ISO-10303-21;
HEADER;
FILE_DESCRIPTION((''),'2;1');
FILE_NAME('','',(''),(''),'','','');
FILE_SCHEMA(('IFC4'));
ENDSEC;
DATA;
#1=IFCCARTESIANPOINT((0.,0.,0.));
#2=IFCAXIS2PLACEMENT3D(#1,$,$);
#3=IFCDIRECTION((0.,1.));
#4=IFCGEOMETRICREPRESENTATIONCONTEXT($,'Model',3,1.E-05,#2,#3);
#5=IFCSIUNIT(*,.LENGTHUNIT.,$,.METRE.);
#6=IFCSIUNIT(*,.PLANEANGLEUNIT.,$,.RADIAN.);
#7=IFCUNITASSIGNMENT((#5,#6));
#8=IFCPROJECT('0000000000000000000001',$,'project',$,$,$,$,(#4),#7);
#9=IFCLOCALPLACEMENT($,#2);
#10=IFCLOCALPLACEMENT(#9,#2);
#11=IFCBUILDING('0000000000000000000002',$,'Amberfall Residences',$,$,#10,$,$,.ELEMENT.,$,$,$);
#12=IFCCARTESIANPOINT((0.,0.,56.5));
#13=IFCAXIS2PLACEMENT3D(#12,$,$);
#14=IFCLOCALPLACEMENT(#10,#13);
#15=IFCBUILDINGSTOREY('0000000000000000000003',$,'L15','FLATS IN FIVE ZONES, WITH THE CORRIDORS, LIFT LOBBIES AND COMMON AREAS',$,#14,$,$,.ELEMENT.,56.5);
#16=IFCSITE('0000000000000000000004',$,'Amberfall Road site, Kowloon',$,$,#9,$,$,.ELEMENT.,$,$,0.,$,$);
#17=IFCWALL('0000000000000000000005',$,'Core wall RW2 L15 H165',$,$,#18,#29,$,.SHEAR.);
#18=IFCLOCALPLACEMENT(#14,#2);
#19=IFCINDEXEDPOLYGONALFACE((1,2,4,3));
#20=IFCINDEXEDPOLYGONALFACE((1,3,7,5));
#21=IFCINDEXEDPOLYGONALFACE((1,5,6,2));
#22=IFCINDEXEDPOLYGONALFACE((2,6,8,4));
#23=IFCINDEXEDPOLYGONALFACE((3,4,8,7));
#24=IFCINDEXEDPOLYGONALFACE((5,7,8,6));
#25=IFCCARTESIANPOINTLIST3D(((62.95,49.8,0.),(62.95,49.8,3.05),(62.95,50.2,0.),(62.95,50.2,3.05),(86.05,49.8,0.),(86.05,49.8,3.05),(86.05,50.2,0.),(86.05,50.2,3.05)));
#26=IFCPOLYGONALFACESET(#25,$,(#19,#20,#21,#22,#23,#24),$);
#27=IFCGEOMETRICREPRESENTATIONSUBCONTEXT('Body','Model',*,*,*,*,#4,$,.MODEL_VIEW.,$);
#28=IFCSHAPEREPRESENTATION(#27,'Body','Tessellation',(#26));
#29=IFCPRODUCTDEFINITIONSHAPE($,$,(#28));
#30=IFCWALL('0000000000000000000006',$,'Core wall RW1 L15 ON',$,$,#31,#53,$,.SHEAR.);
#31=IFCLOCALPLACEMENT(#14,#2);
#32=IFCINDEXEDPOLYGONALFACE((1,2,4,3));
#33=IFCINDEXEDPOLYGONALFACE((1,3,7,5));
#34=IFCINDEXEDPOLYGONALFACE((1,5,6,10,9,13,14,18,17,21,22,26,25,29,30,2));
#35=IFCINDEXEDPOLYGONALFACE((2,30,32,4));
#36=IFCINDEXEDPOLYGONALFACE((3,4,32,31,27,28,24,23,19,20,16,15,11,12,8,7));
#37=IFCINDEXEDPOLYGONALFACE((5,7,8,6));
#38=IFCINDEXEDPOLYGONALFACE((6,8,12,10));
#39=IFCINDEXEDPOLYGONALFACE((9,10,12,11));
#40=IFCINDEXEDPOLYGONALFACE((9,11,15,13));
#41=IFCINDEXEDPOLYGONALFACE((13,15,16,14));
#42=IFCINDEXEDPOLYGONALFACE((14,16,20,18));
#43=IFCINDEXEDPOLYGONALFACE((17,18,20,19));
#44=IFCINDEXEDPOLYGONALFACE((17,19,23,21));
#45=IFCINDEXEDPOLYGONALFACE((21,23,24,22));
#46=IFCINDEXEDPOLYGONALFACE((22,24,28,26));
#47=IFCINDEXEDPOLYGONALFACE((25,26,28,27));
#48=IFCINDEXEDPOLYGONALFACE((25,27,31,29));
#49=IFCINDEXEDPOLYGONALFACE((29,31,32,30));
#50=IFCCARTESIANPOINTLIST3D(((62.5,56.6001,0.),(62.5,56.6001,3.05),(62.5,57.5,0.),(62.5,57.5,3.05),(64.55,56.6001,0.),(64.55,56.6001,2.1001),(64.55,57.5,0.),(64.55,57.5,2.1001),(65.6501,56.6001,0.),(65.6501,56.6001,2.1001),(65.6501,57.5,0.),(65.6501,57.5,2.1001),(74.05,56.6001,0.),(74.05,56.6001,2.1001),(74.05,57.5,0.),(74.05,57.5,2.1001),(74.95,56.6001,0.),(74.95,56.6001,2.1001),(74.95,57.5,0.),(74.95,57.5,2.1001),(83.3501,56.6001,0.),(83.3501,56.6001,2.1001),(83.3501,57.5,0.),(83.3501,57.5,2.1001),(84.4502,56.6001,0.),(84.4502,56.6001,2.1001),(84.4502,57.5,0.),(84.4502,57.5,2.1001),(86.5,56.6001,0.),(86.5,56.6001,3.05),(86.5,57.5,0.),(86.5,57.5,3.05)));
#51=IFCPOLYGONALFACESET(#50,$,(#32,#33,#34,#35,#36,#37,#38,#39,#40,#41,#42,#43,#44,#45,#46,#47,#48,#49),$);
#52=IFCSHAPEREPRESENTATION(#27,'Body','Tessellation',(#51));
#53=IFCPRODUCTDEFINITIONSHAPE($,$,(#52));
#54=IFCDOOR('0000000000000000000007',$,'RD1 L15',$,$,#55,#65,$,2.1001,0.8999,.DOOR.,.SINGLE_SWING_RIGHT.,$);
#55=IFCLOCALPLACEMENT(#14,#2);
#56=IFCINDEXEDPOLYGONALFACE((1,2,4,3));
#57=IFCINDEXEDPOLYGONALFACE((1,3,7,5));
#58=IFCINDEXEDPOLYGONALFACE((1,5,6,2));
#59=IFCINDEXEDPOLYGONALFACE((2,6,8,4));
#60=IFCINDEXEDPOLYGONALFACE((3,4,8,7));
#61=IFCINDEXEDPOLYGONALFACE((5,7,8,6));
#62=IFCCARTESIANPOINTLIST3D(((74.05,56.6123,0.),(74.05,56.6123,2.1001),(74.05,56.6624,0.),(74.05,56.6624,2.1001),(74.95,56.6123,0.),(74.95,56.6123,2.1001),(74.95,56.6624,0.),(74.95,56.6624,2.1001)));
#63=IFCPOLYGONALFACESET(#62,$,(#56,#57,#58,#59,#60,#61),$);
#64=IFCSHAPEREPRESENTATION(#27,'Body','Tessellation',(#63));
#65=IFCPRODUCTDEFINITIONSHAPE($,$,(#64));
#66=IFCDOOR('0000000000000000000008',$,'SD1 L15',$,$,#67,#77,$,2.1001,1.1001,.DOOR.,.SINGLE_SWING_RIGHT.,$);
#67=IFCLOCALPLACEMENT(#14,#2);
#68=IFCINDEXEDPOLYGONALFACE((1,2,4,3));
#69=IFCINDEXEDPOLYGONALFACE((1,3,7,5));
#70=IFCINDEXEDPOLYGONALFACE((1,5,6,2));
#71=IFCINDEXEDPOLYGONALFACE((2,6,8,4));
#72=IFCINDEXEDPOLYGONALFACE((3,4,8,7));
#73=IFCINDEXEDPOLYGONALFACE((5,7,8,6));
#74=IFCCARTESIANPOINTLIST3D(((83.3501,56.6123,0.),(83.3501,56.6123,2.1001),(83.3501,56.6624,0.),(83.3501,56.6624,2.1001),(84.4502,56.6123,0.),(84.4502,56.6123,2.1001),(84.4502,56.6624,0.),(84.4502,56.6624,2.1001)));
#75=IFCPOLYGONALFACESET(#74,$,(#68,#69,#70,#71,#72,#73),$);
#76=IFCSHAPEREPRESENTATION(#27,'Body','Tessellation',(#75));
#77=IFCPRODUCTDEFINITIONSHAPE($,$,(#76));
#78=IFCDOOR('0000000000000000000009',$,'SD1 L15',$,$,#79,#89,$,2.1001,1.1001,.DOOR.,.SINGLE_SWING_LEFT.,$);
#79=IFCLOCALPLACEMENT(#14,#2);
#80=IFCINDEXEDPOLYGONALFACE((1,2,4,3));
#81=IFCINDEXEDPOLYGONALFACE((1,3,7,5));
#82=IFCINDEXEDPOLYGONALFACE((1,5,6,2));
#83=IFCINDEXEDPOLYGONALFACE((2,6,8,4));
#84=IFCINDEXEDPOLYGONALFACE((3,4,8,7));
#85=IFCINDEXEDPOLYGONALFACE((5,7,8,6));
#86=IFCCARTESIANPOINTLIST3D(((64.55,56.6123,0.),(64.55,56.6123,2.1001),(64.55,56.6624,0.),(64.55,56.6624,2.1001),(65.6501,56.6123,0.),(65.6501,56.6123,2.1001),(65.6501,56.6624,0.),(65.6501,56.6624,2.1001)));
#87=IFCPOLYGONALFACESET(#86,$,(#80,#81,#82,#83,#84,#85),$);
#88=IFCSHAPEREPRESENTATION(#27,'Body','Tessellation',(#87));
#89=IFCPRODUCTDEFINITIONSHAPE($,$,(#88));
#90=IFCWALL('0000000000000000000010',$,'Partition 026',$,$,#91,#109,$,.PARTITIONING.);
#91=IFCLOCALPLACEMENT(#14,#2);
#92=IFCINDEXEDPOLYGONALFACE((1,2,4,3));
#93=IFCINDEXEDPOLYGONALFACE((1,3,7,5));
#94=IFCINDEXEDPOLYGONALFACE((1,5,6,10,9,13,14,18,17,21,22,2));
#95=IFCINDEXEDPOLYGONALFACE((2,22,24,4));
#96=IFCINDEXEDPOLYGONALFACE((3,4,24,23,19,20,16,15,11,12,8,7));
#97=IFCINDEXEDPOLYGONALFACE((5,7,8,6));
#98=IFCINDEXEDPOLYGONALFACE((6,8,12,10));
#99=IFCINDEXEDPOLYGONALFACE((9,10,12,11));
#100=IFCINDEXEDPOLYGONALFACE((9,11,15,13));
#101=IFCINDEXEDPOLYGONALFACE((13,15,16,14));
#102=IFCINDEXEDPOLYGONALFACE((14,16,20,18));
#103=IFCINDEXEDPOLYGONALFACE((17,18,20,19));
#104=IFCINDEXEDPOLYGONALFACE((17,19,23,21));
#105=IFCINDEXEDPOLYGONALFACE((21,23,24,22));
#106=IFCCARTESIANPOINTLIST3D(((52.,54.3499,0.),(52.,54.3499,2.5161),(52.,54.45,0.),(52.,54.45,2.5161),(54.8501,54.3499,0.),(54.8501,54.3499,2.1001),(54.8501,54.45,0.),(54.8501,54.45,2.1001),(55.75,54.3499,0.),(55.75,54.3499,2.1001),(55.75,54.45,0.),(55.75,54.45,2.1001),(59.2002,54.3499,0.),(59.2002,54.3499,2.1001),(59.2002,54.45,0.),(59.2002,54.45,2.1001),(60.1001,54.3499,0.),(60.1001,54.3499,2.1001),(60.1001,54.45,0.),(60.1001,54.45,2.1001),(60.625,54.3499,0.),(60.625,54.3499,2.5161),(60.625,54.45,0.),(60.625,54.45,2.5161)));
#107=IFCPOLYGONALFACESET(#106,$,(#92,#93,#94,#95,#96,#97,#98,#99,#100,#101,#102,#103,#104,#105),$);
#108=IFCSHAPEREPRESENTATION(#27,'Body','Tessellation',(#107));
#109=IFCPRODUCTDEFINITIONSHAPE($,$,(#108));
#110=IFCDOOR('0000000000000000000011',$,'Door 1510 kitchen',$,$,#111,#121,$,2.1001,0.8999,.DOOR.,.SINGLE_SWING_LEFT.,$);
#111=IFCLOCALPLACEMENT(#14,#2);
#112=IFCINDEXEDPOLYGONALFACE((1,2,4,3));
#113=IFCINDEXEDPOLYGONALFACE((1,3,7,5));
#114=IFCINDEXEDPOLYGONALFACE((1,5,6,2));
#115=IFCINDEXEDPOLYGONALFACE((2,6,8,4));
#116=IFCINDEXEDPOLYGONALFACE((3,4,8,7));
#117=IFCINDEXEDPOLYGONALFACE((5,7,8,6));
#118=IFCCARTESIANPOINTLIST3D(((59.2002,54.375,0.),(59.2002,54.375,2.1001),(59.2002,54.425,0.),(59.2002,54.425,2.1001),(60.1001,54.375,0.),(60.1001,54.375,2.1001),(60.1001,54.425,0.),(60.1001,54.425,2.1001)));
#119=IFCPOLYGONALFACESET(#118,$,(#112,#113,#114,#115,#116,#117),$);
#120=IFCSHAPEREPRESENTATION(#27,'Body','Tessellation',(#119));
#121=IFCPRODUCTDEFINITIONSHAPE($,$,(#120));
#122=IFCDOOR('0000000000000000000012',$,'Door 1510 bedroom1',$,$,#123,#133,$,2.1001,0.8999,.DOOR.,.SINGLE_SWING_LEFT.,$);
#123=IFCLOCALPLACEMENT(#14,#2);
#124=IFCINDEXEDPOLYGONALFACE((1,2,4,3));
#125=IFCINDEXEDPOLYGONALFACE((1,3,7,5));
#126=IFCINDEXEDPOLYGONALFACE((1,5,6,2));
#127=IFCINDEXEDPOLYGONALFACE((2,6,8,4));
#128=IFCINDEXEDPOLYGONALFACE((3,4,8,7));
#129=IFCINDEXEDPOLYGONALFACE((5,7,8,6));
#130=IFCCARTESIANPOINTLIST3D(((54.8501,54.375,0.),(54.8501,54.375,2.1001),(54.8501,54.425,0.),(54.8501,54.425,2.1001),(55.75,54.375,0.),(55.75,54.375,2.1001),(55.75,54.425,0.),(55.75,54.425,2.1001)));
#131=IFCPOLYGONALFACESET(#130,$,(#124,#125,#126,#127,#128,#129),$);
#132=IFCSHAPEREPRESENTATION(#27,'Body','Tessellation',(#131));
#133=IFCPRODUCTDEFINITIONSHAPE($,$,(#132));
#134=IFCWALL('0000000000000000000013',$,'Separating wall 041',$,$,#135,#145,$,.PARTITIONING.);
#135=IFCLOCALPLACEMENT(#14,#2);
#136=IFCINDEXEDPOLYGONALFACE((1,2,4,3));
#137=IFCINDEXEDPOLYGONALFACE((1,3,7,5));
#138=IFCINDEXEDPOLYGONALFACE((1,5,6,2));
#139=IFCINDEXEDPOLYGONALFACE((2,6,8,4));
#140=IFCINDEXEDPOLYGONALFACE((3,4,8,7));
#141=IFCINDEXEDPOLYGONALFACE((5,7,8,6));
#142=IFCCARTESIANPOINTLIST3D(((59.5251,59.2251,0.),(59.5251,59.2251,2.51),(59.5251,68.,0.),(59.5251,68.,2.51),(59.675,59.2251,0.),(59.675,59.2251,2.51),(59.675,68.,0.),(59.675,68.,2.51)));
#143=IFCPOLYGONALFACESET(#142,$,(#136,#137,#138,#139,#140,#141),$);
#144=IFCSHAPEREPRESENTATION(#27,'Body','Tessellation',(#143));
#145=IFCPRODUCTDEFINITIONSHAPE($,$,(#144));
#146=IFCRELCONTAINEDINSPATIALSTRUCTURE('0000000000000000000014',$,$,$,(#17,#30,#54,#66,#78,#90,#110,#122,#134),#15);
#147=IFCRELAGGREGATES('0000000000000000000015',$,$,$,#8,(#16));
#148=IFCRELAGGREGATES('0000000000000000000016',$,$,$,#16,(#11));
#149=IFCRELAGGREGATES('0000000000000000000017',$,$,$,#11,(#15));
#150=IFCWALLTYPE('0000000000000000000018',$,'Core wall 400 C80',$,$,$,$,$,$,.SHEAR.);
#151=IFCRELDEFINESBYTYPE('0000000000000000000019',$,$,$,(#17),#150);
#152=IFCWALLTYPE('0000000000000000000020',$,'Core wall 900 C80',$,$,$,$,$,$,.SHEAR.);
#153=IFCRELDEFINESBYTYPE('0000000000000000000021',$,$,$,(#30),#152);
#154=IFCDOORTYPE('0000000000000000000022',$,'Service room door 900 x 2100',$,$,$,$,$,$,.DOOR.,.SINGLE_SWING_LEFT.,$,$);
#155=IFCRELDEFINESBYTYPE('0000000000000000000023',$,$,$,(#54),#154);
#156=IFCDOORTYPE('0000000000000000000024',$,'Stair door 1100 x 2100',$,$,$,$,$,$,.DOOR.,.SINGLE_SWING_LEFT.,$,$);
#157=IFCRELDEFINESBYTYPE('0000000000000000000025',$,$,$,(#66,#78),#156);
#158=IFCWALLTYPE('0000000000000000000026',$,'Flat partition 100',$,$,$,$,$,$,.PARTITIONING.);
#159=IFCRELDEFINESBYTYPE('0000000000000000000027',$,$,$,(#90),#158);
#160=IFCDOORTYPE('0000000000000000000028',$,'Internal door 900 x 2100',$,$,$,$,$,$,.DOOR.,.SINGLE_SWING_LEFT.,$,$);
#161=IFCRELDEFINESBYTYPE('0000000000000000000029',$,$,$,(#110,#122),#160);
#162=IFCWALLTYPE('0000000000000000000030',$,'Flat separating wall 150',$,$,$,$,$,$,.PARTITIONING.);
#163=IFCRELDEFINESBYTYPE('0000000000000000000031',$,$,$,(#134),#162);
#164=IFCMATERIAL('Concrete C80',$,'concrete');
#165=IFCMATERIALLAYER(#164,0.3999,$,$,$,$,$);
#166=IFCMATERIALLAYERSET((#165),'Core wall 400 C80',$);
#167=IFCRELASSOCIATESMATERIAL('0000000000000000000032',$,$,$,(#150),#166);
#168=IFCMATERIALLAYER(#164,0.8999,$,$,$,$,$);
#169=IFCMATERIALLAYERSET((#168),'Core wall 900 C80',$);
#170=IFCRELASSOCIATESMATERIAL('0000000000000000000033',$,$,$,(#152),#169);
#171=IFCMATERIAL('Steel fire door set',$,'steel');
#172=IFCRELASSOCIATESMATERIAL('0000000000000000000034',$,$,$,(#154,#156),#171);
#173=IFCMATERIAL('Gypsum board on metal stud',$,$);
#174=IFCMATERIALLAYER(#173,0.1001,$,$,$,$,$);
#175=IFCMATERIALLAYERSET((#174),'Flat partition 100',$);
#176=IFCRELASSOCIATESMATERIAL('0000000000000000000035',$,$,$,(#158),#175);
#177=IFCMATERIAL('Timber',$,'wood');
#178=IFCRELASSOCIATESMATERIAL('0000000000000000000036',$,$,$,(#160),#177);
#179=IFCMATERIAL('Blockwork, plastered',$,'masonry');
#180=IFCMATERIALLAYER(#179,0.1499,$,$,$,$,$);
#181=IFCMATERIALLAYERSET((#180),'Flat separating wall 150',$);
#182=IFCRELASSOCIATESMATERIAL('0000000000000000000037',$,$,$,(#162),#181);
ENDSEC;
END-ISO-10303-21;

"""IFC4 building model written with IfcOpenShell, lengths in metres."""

from ifc_helpers import new_model, si_unit, direction, frame, frame_2d, origin, place, context, subcontext, project, spatial, rectangle, extrude, material, layer, layer_set, type_object, element, fill, save


model = new_model("IFC4")

# Units and contexts
model_context = context("Model", 3, precision=1e-05, world=origin(), true_north=direction((0.0, 1.0)))
body_context = subcontext(model_context, "Body", "Model", "MODEL_VIEW")
ifc_project = project(units=[si_unit("LENGTHUNIT", "METRE"), si_unit("PLANEANGLEUNIT", "RADIAN")], contexts=[model_context])

# Site, building, storey
site_placement = place(None, origin())
site = spatial("IfcSite", under=ifc_project, at=site_placement, Name="Amberfall Road site, Kowloon", CompositionType="ELEMENT", RefElevation=0.0)
building_placement = place(site_placement, origin())
building = spatial("IfcBuilding", under=site, at=building_placement, Name="Amberfall Residences", CompositionType="ELEMENT")
storey_placement = place(building_placement, frame((0.0, 0.0, 56.5)))
storey = spatial("IfcBuildingStorey", under=building, at=storey_placement, Name="L15", Description="FLATS IN FIVE ZONES, WITH THE CORRIDORS, LIFT LOBBIES AND COMMON AREAS", CompositionType="ELEMENT", Elevation=56.5)

# Wall
ifc_material_1 = material(Name="Concrete C80", Category="concrete")
ifc_layer_1 = layer(ifc_material_1, 0.3999)
ifc_layer_set_1 = layer_set([ifc_layer_1], Name="Core wall 400 C80")
wall_type_1 = type_object("IfcWallType", Name="Core wall 400 C80", PredefinedType="SHEAR", material=ifc_layer_set_1)
wall_1_placement = place(storey_placement, frame((62.95, 50.0, 0.0), z_axis=(0.0, 0.0, 1.0), x_axis=(1.0, 0.0, 0.0)))
element("IfcWall", 1, at=wall_1_placement, inside=storey, type_object=wall_type_1, Name="Core wall RW2 L15 H165", PredefinedType="SHEAR", context=body_context, shape_type="SweptSolid", body=[
    extrude(rectangle(XDim=23.1001, YDim=0.3999, at=frame_2d((11.55, 0.0))), origin(), (0.0, 0.0, 1.0), 3.05),
])

# Walls, openings, doors
ifc_layer_2 = layer(ifc_material_1, 0.8999)
ifc_layer_set_2 = layer_set([ifc_layer_2], Name="Core wall 900 C80")
wall_type_2 = type_object("IfcWallType", Name="Core wall 900 C80", PredefinedType="SHEAR", material=ifc_layer_set_2)
wall_2_placement = place(storey_placement, frame((62.5, 57.05, 0.0), z_axis=(0.0, 0.0, 1.0), x_axis=(1.0, 0.0, 0.0)))
wall_2 = element("IfcWall", 2, at=wall_2_placement, inside=storey, type_object=wall_type_2, Name="Core wall RW1 L15 ON", PredefinedType="SHEAR", context=body_context, shape_type="SweptSolid", body=[
    extrude(rectangle(XDim=24.0, YDim=0.8999, at=frame_2d((12.0, 0.0))), origin(), (0.0, 0.0, 1.0), 3.05),
])
opening_1_placement = place(wall_2_placement, frame((20.8501, 0.0, 0.0)))
opening_1 = element("IfcOpeningElement", 3, at=opening_1_placement, cuts=wall_2, PredefinedType="OPENING", context=body_context, shape_type="SweptSolid", body=[
    extrude(rectangle(XDim=1.1001, YDim=2.1001, at=frame_2d((0.55, 1.05))), frame((0.0, 0.46, 0.0), z_axis=(0.0, -1.0, 0.0), x_axis=(1.0, 0.0, 0.0)), (0.0, 0.0, 1.0), 0.9199),
])
opening_2_placement = place(wall_2_placement, frame((2.05, 0.0, 0.0)))
opening_2 = element("IfcOpeningElement", 4, at=opening_2_placement, cuts=wall_2, PredefinedType="OPENING", context=body_context, shape_type="SweptSolid", body=[
    extrude(rectangle(XDim=1.1001, YDim=2.1001, at=frame_2d((0.55, 1.05))), frame((0.0, 0.46, 0.0), z_axis=(0.0, -1.0, 0.0), x_axis=(1.0, 0.0, 0.0)), (0.0, 0.0, 1.0), 0.9199),
])
opening_3_placement = place(wall_2_placement, frame((11.55, 0.0, 0.0)))
opening_3 = element("IfcOpeningElement", 5, at=opening_3_placement, cuts=wall_2, PredefinedType="OPENING", context=body_context, shape_type="SweptSolid", body=[
    extrude(rectangle(XDim=0.8999, YDim=2.1001, at=frame_2d((0.45, 1.05))), frame((0.0, 0.46, 0.0), z_axis=(0.0, -1.0, 0.0), x_axis=(1.0, 0.0, 0.0)), (0.0, 0.0, 1.0), 0.9199),
])
ifc_material_2 = material(Name="Steel fire door set", Category="steel")
door_type_1 = type_object("IfcDoorType", Name="Service room door 900 x 2100", OperationType="SINGLE_SWING_LEFT", PredefinedType="DOOR", material=ifc_material_2)
door_1_placement = place(opening_3_placement, origin())
door_1 = element("IfcDoor", 6, at=door_1_placement, inside=storey, type_object=door_type_1, Name="RD1 L15", OperationType="SINGLE_SWING_RIGHT", OverallHeight=2.1001, OverallWidth=0.8999, PredefinedType="DOOR", context=body_context, shape_type="SweptSolid", body=[
    extrude(rectangle(XDim=0.8999, YDim=2.1001, at=frame_2d((0.45, 1.05))), frame((0.0, -0.3877, 0.0), z_axis=(0.0, -1.0, 0.0), x_axis=(1.0, 0.0, 0.0)), (0.0, 0.0, 1.0), 0.05),
])
fill(opening_3, door_1)
door_type_2 = type_object("IfcDoorType", Name="Stair door 1100 x 2100", OperationType="SINGLE_SWING_LEFT", PredefinedType="DOOR", material=ifc_material_2)
door_2_placement = place(opening_1_placement, origin())
door_2 = element("IfcDoor", 7, at=door_2_placement, inside=storey, type_object=door_type_2, Name="SD1 L15", OperationType="SINGLE_SWING_RIGHT", OverallHeight=2.1001, OverallWidth=1.1001, PredefinedType="DOOR", context=body_context, shape_type="SweptSolid", body=[
    extrude(rectangle(XDim=1.1001, YDim=2.1001, at=frame_2d((0.55, 1.05))), frame((0.0, -0.3877, 0.0), z_axis=(0.0, -1.0, 0.0), x_axis=(1.0, 0.0, 0.0)), (0.0, 0.0, 1.0), 0.05),
])
fill(opening_1, door_2)
door_3_placement = place(opening_2_placement, origin())
door_3 = element("IfcDoor", 8, at=door_3_placement, inside=storey, type_object=door_type_2, Name="SD1 L15", OperationType="SINGLE_SWING_LEFT", OverallHeight=2.1001, OverallWidth=1.1001, PredefinedType="DOOR", context=body_context, shape_type="SweptSolid", body=[
    extrude(rectangle(XDim=1.1001, YDim=2.1001, at=frame_2d((0.55, 1.05))), frame((0.0, -0.3877, 0.0), z_axis=(0.0, -1.0, 0.0), x_axis=(1.0, 0.0, 0.0)), (0.0, 0.0, 1.0), 0.05),
])
fill(opening_2, door_3)
ifc_material_3 = material(Name="Gypsum board on metal stud")
ifc_layer_3 = layer(ifc_material_3, 0.1001)
ifc_layer_set_3 = layer_set([ifc_layer_3], Name="Flat partition 100")
wall_type_3 = type_object("IfcWallType", Name="Flat partition 100", PredefinedType="PARTITIONING", material=ifc_layer_set_3)
wall_3_placement = place(storey_placement, frame((60.625, 54.3999, 0.0), z_axis=(0.0, 0.0, 1.0), x_axis=(-1.0, 0.0, 0.0)))
wall_3 = element("IfcWall", 9, at=wall_3_placement, inside=storey, type_object=wall_type_3, Name="Partition 026", PredefinedType="PARTITIONING", context=body_context, shape_type="SweptSolid", body=[
    extrude(rectangle(XDim=8.625, YDim=0.1001, at=frame_2d((4.3125, 0.0))), origin(), (0.0, 0.0, 1.0), 2.5161),
])
opening_4_placement = place(wall_3_placement, frame((0.5249, 0.0, 0.0)))
opening_4 = element("IfcOpeningElement", 10, at=opening_4_placement, cuts=wall_3, PredefinedType="OPENING", context=body_context, shape_type="SweptSolid", body=[
    extrude(rectangle(XDim=0.8999, YDim=2.1001, at=frame_2d((0.45, 1.05))), frame((0.0, 0.0601, 0.0), z_axis=(0.0, -1.0, 0.0), x_axis=(1.0, 0.0, 0.0)), (0.0, 0.0, 1.0), 0.1201),
])
opening_5_placement = place(wall_3_placement, frame((4.875, 0.0, 0.0)))
opening_5 = element("IfcOpeningElement", 11, at=opening_5_placement, cuts=wall_3, PredefinedType="OPENING", context=body_context, shape_type="SweptSolid", body=[
    extrude(rectangle(XDim=0.8999, YDim=2.1001, at=frame_2d((0.45, 1.05))), frame((0.0, 0.0601, 0.0), z_axis=(0.0, -1.0, 0.0), x_axis=(1.0, 0.0, 0.0)), (0.0, 0.0, 1.0), 0.1201),
])
ifc_material_4 = material(Name="Timber", Category="wood")
door_type_3 = type_object("IfcDoorType", Name="Internal door 900 x 2100", OperationType="SINGLE_SWING_LEFT", PredefinedType="DOOR", material=ifc_material_4)
door_4_placement = place(opening_4_placement, origin())
door_4 = element("IfcDoor", 12, at=door_4_placement, inside=storey, type_object=door_type_3, Name="Door 1510 kitchen", OperationType="SINGLE_SWING_LEFT", OverallHeight=2.1001, OverallWidth=0.8999, PredefinedType="DOOR", context=body_context, shape_type="SweptSolid", body=[
    extrude(rectangle(XDim=0.8999, YDim=2.1001, at=frame_2d((0.45, 1.05))), frame((0.0, 0.0249, 0.0), z_axis=(0.0, -1.0, 0.0), x_axis=(1.0, 0.0, 0.0)), (0.0, 0.0, 1.0), 0.05),
])
fill(opening_4, door_4)
door_5_placement = place(opening_5_placement, origin())
door_5 = element("IfcDoor", 13, at=door_5_placement, inside=storey, type_object=door_type_3, Name="Door 1510 bedroom1", OperationType="SINGLE_SWING_LEFT", OverallHeight=2.1001, OverallWidth=0.8999, PredefinedType="DOOR", context=body_context, shape_type="SweptSolid", body=[
    extrude(rectangle(XDim=0.8999, YDim=2.1001, at=frame_2d((0.45, 1.05))), frame((0.0, 0.0249, 0.0), z_axis=(0.0, -1.0, 0.0), x_axis=(1.0, 0.0, 0.0)), (0.0, 0.0, 1.0), 0.05),
])
fill(opening_5, door_5)

# Wall
ifc_material_5 = material(Name="Blockwork, plastered", Category="masonry")
ifc_layer_4 = layer(ifc_material_5, 0.1499)
ifc_layer_set_4 = layer_set([ifc_layer_4], Name="Flat separating wall 150")
wall_type_4 = type_object("IfcWallType", Name="Flat separating wall 150", PredefinedType="PARTITIONING", material=ifc_layer_set_4)
wall_4_placement = place(storey_placement, frame((59.6001, 59.2251, 0.0), z_axis=(0.0, 0.0, 1.0), x_axis=(0.0, 1.0, 0.0)))
element("IfcWall", 14, at=wall_4_placement, inside=storey, type_object=wall_type_4, Name="Separating wall 041", PredefinedType="PARTITIONING", context=body_context, shape_type="SweptSolid", body=[
    extrude(rectangle(XDim=8.7749, YDim=0.1499, at=frame_2d((4.3875, 0.0))), origin(), (0.0, 0.0, 1.0), 2.51),
])

save(model, "model.ifc")
